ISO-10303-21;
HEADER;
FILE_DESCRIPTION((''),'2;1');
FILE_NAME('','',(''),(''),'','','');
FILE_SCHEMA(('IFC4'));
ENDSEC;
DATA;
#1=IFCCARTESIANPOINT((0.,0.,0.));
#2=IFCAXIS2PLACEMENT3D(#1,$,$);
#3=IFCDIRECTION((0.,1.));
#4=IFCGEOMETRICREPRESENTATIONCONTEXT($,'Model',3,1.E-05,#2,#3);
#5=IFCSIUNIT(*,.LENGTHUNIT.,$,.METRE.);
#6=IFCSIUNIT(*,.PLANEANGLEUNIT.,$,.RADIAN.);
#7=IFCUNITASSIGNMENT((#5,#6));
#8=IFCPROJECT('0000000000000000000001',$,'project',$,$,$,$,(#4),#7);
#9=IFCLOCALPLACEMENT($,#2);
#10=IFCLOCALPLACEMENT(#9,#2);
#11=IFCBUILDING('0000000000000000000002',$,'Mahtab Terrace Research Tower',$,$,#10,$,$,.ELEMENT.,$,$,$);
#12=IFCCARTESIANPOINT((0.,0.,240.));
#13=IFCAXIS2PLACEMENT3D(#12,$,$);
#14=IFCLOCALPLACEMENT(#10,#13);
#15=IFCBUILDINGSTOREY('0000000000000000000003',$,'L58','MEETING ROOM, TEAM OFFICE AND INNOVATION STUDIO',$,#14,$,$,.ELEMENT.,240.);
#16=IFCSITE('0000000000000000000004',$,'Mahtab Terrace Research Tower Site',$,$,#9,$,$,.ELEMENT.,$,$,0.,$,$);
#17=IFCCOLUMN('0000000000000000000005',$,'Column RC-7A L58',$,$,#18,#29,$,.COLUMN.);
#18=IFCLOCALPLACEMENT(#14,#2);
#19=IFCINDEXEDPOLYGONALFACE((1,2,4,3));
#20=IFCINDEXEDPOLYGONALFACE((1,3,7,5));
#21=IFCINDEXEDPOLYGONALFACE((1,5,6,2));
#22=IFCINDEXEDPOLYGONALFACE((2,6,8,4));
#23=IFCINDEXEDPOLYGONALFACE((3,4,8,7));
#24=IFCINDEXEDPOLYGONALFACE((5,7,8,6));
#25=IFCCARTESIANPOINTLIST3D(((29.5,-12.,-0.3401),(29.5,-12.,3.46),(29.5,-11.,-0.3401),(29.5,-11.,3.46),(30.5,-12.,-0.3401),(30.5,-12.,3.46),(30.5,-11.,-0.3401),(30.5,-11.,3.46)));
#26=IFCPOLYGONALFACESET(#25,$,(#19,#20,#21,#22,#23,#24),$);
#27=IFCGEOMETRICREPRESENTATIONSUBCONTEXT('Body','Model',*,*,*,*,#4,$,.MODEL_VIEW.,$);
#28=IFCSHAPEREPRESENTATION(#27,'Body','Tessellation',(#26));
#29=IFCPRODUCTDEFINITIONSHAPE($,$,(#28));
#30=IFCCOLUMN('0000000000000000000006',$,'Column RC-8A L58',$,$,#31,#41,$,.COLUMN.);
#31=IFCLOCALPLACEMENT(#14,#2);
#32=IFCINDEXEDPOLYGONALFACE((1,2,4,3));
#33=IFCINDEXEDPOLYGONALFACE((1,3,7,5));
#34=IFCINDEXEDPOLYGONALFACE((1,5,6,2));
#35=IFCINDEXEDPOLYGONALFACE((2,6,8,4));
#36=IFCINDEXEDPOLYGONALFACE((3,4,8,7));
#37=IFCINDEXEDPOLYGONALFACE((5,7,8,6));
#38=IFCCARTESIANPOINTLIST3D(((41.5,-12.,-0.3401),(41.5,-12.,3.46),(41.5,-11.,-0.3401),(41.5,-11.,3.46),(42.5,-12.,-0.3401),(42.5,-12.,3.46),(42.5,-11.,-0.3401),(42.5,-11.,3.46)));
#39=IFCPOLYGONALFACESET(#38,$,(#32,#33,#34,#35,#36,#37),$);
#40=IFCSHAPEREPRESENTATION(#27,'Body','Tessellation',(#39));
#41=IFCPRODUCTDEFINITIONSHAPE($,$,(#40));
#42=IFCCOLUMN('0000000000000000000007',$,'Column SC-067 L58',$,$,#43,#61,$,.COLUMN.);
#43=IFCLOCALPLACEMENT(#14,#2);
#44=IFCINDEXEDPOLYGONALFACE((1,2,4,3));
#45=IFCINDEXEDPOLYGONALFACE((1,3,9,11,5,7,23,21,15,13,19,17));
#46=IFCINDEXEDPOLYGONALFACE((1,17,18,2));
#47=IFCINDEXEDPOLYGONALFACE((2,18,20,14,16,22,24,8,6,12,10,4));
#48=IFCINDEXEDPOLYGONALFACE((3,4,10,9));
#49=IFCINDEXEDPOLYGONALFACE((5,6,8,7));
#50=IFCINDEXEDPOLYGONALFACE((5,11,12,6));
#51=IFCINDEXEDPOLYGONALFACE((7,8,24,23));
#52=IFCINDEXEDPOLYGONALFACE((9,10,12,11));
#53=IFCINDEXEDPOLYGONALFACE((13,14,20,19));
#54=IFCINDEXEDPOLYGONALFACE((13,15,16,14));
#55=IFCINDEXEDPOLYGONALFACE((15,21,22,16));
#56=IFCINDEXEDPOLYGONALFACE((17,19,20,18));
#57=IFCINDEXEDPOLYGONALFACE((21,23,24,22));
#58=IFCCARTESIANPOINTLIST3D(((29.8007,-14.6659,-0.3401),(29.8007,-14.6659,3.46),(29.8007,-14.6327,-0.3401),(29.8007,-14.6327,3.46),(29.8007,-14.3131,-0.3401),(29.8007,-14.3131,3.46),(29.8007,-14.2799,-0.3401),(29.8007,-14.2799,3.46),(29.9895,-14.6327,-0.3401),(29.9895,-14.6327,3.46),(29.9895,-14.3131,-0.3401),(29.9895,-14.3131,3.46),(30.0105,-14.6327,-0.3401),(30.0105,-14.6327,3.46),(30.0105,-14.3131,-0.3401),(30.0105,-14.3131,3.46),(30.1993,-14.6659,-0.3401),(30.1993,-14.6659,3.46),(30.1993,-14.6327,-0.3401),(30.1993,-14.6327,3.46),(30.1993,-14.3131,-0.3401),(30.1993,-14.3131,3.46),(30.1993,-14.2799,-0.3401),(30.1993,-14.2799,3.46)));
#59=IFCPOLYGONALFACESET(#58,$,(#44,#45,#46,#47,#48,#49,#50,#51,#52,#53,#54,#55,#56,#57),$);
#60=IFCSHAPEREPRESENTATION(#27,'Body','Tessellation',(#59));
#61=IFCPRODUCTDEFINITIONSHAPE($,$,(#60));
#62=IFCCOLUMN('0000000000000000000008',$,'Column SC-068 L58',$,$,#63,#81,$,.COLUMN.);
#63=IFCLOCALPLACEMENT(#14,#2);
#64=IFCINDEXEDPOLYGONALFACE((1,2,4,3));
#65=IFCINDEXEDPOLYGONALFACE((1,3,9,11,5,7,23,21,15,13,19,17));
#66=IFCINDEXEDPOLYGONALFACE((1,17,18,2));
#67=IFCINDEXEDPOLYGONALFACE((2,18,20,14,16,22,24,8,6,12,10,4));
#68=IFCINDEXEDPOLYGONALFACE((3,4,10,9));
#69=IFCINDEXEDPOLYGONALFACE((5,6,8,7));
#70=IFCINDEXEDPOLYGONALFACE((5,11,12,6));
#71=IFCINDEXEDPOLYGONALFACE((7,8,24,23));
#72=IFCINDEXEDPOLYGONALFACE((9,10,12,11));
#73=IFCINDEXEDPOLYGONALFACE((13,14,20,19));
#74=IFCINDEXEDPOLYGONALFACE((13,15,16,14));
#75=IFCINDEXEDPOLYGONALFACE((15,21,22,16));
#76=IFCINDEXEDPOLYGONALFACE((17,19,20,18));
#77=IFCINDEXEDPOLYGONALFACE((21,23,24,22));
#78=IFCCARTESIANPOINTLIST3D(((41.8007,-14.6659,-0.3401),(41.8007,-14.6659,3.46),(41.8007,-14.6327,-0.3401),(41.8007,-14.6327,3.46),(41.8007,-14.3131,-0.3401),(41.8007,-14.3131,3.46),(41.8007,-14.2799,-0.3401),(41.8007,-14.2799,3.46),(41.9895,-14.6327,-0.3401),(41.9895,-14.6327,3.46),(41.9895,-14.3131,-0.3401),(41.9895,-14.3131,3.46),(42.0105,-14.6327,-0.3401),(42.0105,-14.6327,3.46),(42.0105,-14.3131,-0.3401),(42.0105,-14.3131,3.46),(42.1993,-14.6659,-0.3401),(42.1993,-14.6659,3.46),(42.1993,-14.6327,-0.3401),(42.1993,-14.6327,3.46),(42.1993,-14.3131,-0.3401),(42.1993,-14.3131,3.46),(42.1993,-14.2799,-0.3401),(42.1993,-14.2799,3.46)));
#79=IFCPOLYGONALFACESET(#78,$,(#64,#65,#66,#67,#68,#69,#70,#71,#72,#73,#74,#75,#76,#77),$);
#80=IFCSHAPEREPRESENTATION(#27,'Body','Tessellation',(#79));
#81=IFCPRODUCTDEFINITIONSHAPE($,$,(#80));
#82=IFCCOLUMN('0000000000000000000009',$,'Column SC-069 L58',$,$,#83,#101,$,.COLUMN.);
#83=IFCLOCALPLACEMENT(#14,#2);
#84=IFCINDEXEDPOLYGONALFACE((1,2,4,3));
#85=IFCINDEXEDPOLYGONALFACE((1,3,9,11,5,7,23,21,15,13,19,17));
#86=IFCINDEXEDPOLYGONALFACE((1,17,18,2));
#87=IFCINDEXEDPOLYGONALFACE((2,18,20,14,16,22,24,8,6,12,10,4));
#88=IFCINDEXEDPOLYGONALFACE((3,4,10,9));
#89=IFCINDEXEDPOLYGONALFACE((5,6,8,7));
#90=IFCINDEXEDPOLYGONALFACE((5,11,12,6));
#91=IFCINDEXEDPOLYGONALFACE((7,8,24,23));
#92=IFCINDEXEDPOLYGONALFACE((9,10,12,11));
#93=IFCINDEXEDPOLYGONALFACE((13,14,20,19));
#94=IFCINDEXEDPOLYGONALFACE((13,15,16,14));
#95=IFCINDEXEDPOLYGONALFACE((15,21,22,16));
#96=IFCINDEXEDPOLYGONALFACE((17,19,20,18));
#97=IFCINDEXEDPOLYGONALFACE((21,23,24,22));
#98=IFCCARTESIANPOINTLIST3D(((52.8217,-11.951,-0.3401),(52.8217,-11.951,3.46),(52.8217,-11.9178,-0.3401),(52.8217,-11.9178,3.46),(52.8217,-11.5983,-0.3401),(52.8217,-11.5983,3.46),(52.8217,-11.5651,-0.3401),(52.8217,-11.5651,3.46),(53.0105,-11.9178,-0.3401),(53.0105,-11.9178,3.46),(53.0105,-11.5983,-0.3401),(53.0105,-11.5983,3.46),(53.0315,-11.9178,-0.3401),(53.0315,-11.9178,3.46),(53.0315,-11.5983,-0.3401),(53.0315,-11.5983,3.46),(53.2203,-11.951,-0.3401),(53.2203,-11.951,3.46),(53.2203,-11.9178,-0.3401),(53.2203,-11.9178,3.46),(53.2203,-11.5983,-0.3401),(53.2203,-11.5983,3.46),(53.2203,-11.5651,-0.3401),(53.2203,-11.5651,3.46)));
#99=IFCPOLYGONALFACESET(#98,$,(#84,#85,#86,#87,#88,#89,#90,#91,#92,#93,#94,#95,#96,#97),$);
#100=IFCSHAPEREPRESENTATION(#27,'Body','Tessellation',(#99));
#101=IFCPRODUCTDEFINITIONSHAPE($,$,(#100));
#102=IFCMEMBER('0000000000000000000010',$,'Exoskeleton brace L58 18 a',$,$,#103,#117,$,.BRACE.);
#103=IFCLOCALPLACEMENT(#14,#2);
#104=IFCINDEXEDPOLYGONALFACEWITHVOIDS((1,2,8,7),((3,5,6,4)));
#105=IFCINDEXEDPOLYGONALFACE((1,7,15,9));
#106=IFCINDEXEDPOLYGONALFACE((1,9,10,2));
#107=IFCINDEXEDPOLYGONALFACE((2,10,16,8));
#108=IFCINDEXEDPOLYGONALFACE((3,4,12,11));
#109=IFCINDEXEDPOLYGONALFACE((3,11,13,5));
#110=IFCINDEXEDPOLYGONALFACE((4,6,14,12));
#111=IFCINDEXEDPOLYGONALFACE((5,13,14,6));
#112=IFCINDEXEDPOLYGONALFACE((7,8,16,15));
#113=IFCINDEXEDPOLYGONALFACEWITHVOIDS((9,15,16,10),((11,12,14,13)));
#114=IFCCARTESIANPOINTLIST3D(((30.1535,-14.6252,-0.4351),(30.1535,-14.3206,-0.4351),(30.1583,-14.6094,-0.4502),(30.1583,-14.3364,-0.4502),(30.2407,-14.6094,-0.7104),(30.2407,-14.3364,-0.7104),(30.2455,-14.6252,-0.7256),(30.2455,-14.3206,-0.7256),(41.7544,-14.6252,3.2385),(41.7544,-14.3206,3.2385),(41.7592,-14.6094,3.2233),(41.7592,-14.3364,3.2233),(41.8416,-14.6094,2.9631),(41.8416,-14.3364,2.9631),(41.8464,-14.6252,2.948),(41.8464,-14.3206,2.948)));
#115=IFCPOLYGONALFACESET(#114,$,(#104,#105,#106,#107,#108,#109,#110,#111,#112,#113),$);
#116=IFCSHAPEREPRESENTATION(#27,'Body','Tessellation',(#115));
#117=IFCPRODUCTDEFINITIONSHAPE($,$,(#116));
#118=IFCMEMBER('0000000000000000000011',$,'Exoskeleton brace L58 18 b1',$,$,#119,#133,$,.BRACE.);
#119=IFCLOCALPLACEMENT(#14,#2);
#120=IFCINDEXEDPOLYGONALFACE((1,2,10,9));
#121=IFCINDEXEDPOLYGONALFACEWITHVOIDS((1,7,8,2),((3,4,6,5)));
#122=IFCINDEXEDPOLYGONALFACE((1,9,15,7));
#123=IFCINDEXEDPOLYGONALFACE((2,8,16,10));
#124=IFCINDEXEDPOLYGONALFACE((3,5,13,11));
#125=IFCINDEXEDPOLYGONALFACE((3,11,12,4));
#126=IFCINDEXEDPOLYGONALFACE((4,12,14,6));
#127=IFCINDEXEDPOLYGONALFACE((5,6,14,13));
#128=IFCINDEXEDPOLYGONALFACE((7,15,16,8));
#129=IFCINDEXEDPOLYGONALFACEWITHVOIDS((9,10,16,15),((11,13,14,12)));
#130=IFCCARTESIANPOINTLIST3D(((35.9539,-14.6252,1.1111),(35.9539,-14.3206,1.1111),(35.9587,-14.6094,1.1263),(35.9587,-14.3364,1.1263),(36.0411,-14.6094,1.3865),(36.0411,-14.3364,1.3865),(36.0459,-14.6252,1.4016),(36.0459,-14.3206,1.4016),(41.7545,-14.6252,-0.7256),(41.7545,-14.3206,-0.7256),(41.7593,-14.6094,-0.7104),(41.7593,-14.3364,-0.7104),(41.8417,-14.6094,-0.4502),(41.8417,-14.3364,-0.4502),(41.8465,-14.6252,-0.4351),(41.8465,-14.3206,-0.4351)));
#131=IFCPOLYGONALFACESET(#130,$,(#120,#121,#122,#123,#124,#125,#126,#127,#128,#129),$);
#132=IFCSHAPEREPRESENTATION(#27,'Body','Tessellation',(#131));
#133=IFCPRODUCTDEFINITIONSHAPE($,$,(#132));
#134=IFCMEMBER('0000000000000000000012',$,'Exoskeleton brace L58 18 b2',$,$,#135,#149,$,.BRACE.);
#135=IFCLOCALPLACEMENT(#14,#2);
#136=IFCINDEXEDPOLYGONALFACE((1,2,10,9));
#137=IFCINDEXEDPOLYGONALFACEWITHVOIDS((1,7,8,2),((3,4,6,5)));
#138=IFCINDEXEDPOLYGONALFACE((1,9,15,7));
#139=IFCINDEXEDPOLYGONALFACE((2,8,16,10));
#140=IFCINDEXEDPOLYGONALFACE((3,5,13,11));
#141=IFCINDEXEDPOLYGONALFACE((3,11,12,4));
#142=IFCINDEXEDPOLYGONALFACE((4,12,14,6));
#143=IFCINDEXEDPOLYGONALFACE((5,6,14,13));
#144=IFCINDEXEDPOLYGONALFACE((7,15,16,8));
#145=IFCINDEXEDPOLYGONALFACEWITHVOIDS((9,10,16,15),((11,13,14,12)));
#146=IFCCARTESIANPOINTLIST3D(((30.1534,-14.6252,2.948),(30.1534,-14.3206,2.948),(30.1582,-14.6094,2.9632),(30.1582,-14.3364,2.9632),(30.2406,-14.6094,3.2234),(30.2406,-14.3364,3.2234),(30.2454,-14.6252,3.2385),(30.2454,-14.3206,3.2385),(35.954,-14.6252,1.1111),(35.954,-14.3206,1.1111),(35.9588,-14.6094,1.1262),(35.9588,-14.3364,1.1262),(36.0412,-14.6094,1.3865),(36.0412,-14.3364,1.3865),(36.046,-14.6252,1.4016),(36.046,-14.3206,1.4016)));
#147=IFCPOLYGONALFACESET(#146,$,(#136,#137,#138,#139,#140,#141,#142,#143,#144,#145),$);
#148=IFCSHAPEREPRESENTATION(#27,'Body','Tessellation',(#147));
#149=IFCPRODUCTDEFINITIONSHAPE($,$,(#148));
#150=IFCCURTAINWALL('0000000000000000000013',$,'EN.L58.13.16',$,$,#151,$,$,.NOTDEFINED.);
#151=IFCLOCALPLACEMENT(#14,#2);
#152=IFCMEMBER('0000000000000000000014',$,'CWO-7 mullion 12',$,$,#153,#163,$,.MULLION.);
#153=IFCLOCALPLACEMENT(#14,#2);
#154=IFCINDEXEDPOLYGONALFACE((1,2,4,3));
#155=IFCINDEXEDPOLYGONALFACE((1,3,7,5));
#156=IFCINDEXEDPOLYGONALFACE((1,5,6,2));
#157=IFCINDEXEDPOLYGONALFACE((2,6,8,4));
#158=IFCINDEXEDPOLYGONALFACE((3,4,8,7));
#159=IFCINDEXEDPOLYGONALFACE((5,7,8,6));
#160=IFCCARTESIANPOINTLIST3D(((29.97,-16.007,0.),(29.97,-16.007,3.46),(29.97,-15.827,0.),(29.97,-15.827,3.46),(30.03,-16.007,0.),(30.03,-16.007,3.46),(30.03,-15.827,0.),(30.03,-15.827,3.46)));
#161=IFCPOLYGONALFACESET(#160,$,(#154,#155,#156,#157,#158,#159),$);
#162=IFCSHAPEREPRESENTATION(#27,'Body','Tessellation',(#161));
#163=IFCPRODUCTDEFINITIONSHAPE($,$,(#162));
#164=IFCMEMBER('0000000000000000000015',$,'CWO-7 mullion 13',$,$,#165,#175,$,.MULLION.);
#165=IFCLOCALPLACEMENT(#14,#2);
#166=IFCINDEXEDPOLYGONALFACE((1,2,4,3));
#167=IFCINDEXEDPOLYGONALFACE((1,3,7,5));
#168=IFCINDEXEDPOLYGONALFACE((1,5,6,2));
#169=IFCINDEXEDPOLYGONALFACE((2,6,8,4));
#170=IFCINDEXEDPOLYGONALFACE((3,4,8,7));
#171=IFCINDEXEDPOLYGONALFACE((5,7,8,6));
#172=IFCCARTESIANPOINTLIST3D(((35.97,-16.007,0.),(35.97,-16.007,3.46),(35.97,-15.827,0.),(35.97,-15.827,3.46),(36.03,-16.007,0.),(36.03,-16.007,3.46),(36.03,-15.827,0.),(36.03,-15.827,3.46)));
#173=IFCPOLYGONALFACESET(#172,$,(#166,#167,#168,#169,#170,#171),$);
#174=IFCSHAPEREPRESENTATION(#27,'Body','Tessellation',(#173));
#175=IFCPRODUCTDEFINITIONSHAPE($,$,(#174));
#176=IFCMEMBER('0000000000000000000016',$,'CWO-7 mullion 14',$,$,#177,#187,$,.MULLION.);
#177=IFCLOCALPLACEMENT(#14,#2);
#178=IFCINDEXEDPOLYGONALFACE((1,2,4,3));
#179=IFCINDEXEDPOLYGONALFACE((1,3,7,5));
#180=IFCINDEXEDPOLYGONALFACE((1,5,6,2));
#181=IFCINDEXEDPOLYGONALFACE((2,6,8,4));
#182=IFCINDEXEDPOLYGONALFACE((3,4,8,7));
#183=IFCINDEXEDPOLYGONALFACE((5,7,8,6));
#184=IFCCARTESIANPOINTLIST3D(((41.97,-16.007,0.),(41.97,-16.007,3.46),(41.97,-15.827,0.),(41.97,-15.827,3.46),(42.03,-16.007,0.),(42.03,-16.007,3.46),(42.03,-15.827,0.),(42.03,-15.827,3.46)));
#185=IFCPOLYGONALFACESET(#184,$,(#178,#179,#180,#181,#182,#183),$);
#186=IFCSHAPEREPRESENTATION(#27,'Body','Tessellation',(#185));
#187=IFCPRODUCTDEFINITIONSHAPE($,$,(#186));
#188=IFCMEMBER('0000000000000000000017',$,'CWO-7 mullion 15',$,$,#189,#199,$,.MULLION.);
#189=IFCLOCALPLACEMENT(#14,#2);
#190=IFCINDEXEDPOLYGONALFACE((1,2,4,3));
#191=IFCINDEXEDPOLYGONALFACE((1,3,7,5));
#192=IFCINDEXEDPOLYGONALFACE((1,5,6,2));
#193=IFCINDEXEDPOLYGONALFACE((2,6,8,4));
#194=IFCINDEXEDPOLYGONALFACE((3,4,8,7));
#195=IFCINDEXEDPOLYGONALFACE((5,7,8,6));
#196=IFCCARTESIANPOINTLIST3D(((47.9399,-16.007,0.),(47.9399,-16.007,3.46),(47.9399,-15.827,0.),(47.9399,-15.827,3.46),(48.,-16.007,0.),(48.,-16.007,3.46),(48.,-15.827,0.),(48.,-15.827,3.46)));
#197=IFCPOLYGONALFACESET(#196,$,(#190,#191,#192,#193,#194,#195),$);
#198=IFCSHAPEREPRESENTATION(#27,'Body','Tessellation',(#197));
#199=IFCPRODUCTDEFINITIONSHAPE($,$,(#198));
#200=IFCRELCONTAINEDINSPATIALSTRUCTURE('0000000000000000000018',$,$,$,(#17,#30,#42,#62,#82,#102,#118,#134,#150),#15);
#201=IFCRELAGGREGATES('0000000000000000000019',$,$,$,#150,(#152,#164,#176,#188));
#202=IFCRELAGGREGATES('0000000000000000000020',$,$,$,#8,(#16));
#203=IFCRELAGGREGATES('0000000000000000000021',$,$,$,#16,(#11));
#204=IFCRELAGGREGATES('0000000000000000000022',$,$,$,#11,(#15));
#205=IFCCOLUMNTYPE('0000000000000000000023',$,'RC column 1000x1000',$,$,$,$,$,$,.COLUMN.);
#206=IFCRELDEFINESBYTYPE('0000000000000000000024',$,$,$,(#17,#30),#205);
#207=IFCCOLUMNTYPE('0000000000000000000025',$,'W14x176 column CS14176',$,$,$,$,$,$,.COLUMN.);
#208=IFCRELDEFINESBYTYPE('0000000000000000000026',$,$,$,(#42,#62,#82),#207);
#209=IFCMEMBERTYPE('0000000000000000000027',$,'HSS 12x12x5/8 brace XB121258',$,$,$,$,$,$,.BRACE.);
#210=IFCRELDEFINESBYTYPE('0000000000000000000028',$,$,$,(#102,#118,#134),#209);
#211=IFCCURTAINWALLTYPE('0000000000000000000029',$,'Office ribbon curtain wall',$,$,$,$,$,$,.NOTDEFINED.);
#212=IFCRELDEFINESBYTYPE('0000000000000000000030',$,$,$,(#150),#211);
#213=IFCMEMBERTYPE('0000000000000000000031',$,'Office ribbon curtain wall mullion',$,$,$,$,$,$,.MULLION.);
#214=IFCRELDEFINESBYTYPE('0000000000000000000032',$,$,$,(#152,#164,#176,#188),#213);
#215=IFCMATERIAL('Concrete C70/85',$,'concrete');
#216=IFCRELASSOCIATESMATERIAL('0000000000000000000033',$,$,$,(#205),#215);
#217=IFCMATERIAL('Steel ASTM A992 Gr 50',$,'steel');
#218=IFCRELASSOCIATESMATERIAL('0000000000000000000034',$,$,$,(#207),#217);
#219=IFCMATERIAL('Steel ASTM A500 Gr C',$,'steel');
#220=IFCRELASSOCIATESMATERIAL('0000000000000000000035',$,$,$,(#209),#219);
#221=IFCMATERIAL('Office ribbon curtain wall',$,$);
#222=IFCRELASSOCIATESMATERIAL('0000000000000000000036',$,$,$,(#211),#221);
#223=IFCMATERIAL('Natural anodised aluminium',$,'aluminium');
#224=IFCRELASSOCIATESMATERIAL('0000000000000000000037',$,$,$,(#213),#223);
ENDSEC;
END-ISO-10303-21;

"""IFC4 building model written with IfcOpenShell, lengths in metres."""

from ifc_helpers import new_model, si_unit, direction, frame, origin, origin_2d, place, context, subcontext, project, spatial, rectangle, hollow_rectangle, i_section, extrude, material, material_profile, profile_set, type_object, element, aggregate, save


model = new_model("IFC4")

# Units and contexts
model_context = context("Model", 3, precision=1e-05, world=origin(), true_north=direction((0.0, 1.0)))
body_context = subcontext(model_context, "Body", "Model", "MODEL_VIEW")
ifc_project = project(units=[si_unit("LENGTHUNIT", "METRE"), si_unit("PLANEANGLEUNIT", "RADIAN")], contexts=[model_context])

# Site, building, storey
site_placement = place(None, origin())
site = spatial("IfcSite", under=ifc_project, at=site_placement, Name="Mahtab Terrace Research Tower Site", CompositionType="ELEMENT", RefElevation=0.0)
building_placement = place(site_placement, origin())
building = spatial("IfcBuilding", under=site, at=building_placement, Name="Mahtab Terrace Research Tower", CompositionType="ELEMENT")
storey_placement = place(building_placement, frame((0.0, 0.0, 240.0)))
storey = spatial("IfcBuildingStorey", under=building, at=storey_placement, Name="L58", Description="MEETING ROOM, TEAM OFFICE AND INNOVATION STUDIO", CompositionType="ELEMENT", Elevation=240.0)

# Columns
ifc_material_1 = material(Name="Concrete C70/85", Category="concrete")
ifc_material_profile_1 = material_profile(ifc_material_1, rectangle(XDim=1.0, YDim=1.0, at=origin_2d()), Name="RC column 1000x1000")
ifc_profile_set_1 = profile_set([ifc_material_profile_1], Name="Concrete C70/85")
column_type_1 = type_object("IfcColumnType", Name="RC column 1000x1000", PredefinedType="COLUMN", material=ifc_profile_set_1)
for number, where, z_axis, x_axis, name in (
    (1, (30.0, -11.5, -0.3401), (0.0, 0.0, 1.0), (1.0, 0.0, 0.0), "Column RC-7A L58"),
    (2, (42.0, -11.5, -0.3401), (0.0, 0.0, 1.0), (1.0, 0.0, 0.0), "Column RC-8A L58"),
):
    element("IfcColumn", number, at=place(storey_placement, frame(where, z_axis=z_axis, x_axis=x_axis)), inside=storey, type_object=column_type_1, Name=name, PredefinedType="COLUMN", context=body_context, shape_type="SweptSolid", body=[
        extrude(rectangle(XDim=1.0, YDim=1.0, at=origin_2d()), origin(), (0.0, 0.0, 1.0), 3.8),
    ])
ifc_material_2 = material(Name="Steel ASTM A992 Gr 50", Category="steel")
ifc_material_profile_2 = material_profile(ifc_material_2, i_section(OverallWidth=0.3987, OverallDepth=0.386, WebThickness=0.021, FlangeThickness=0.0332, at=origin_2d()), Name="W14X176")
ifc_profile_set_2 = profile_set([ifc_material_profile_2], Name="Steel ASTM A992 Gr 50")
column_type_2 = type_object("IfcColumnType", Name="W14x176 column CS14176", PredefinedType="COLUMN", material=ifc_profile_set_2)
for number, where, z_axis, x_axis, name in (
    (3, (30.0, -14.4729, -0.3401), (0.0, 0.0, 1.0), (1.0, 0.0, 0.0), "Column SC-067 L58"),
    (4, (42.0, -14.4729, -0.3401), (0.0, 0.0, 1.0), (1.0, 0.0, 0.0), "Column SC-068 L58"),
    (5, (53.021, -11.7581, -0.3401), (0.0, 0.0, 1.0), (1.0, 0.0, 0.0), "Column SC-069 L58"),
):
    element("IfcColumn", number, at=place(storey_placement, frame(where, z_axis=z_axis, x_axis=x_axis)), inside=storey, type_object=column_type_2, Name=name, PredefinedType="COLUMN", context=body_context, shape_type="SweptSolid", body=[
        extrude(i_section(OverallWidth=0.3987, OverallDepth=0.386, WebThickness=0.021, FlangeThickness=0.0332, at=origin_2d()), origin(), (0.0, 0.0, 1.0), 3.8),
    ])

# Members
ifc_material_3 = material(Name="Steel ASTM A500 Gr C", Category="steel")
ifc_material_profile_3 = material_profile(ifc_material_3, hollow_rectangle(XDim=0.3047, YDim=0.3047, WallThickness=0.0159, at=origin_2d()), Name="HSS12X12X5/8")
ifc_profile_set_3 = profile_set([ifc_material_profile_3], Name="Steel ASTM A500 Gr C")
member_type_1 = type_object("IfcMemberType", Name="HSS 12x12x5/8 brace XB121258", PredefinedType="BRACE", material=ifc_profile_set_3)
member_1_placement = place(storey_placement, frame((30.1995, -14.4729, -0.5803), z_axis=(0.953344, 0.0, 0.301885), x_axis=(0.0, 1.0, 0.0)))
element("IfcMember", 6, at=member_1_placement, inside=storey, type_object=member_type_1, Name="Exoskeleton brace L58 18 a", PredefinedType="BRACE", context=body_context, shape_type="SweptSolid", body=[
    extrude(hollow_rectangle(XDim=0.3047, YDim=0.3047, WallThickness=0.0159, at=origin_2d()), origin(), (0.0, 0.0, 1.0), 12.1687),
])
for number, where, z_axis, x_axis, name in (
    (7, (41.8005, -14.4729, -0.5803), (-0.95335, 0.0, 0.301867), (0.0, -1.0, 0.0), "Exoskeleton brace L58 18 b1"),
    (8, (36.0, -14.4729, 1.2563), (-0.953339, 0.0, 0.301903), (0.0, -1.0, 0.0), "Exoskeleton brace L58 18 b2"),
):
    element("IfcMember", number, at=place(storey_placement, frame(where, z_axis=z_axis, x_axis=x_axis)), inside=storey, type_object=member_type_1, Name=name, PredefinedType="BRACE", context=body_context, shape_type="SweptSolid", body=[
        extrude(hollow_rectangle(XDim=0.3047, YDim=0.3047, WallThickness=0.0159, at=origin_2d()), origin(), (0.0, 0.0, 1.0), 6.0845),
    ])

# Curtain wall, members
ifc_material_4 = material(Name="Office ribbon curtain wall")
curtain_wall_type = type_object("IfcCurtainWallType", Name="Office ribbon curtain wall", PredefinedType="NOTDEFINED", material=ifc_material_4)
curtain_wall_placement = place(storey_placement, origin())
curtain_wall = element("IfcCurtainWall", 9, at=curtain_wall_placement, inside=storey, type_object=curtain_wall_type, Name="EN.L58.13.16", PredefinedType="NOTDEFINED")
ifc_material_5 = material(Name="Natural anodised aluminium", Category="aluminium")
ifc_material_profile_4 = material_profile(ifc_material_5, rectangle(XDim=0.1799, YDim=0.0601, at=origin_2d()), Name="MULLION 60x180")
ifc_profile_set_4 = profile_set([ifc_material_profile_4], Name="Natural anodised aluminium")
member_type_2 = type_object("IfcMemberType", Name="Office ribbon curtain wall mullion", PredefinedType="MULLION", material=ifc_profile_set_4)
member_2_placement = place(storey_placement, frame((30.0, -15.917, 0.0), z_axis=(0.0, 0.0, 1.0), x_axis=(0.0, 1.0, 0.0)))
member_2 = element("IfcMember", 10, at=member_2_placement, type_object=member_type_2, Name="CWO-7 mullion 12", PredefinedType="MULLION", context=body_context, shape_type="SweptSolid", body=[
    extrude(rectangle(XDim=0.1799, YDim=0.0601, at=origin_2d()), origin(), (0.0, 0.0, 1.0), 3.46),
])
member_3_placement = place(storey_placement, frame((36.0, -15.917, 0.0), z_axis=(0.0, 0.0, 1.0), x_axis=(0.0, 1.0, 0.0)))
member_3 = element("IfcMember", 11, at=member_3_placement, type_object=member_type_2, Name="CWO-7 mullion 13", PredefinedType="MULLION", context=body_context, shape_type="SweptSolid", body=[
    extrude(rectangle(XDim=0.1799, YDim=0.0601, at=origin_2d()), origin(), (0.0, 0.0, 1.0), 3.46),
])
member_4_placement = place(storey_placement, frame((42.0, -15.917, 0.0), z_axis=(0.0, 0.0, 1.0), x_axis=(0.0, 1.0, 0.0)))
member_4 = element("IfcMember", 12, at=member_4_placement, type_object=member_type_2, Name="CWO-7 mullion 14", PredefinedType="MULLION", context=body_context, shape_type="SweptSolid", body=[
    extrude(rectangle(XDim=0.1799, YDim=0.0601, at=origin_2d()), origin(), (0.0, 0.0, 1.0), 3.46),
])
member_5_placement = place(storey_placement, frame((47.97, -15.917, 0.0), z_axis=(0.0, 0.0, 1.0), x_axis=(0.0, 1.0, 0.0)))
member_5 = element("IfcMember", 13, at=member_5_placement, type_object=member_type_2, Name="CWO-7 mullion 15", PredefinedType="MULLION", context=body_context, shape_type="SweptSolid", body=[
    extrude(rectangle(XDim=0.1799, YDim=0.0601, at=origin_2d()), origin(), (0.0, 0.0, 1.0), 3.46),
])

aggregate(curtain_wall, [member_2, member_3, member_4, member_5])

save(model, "model.ifc")
